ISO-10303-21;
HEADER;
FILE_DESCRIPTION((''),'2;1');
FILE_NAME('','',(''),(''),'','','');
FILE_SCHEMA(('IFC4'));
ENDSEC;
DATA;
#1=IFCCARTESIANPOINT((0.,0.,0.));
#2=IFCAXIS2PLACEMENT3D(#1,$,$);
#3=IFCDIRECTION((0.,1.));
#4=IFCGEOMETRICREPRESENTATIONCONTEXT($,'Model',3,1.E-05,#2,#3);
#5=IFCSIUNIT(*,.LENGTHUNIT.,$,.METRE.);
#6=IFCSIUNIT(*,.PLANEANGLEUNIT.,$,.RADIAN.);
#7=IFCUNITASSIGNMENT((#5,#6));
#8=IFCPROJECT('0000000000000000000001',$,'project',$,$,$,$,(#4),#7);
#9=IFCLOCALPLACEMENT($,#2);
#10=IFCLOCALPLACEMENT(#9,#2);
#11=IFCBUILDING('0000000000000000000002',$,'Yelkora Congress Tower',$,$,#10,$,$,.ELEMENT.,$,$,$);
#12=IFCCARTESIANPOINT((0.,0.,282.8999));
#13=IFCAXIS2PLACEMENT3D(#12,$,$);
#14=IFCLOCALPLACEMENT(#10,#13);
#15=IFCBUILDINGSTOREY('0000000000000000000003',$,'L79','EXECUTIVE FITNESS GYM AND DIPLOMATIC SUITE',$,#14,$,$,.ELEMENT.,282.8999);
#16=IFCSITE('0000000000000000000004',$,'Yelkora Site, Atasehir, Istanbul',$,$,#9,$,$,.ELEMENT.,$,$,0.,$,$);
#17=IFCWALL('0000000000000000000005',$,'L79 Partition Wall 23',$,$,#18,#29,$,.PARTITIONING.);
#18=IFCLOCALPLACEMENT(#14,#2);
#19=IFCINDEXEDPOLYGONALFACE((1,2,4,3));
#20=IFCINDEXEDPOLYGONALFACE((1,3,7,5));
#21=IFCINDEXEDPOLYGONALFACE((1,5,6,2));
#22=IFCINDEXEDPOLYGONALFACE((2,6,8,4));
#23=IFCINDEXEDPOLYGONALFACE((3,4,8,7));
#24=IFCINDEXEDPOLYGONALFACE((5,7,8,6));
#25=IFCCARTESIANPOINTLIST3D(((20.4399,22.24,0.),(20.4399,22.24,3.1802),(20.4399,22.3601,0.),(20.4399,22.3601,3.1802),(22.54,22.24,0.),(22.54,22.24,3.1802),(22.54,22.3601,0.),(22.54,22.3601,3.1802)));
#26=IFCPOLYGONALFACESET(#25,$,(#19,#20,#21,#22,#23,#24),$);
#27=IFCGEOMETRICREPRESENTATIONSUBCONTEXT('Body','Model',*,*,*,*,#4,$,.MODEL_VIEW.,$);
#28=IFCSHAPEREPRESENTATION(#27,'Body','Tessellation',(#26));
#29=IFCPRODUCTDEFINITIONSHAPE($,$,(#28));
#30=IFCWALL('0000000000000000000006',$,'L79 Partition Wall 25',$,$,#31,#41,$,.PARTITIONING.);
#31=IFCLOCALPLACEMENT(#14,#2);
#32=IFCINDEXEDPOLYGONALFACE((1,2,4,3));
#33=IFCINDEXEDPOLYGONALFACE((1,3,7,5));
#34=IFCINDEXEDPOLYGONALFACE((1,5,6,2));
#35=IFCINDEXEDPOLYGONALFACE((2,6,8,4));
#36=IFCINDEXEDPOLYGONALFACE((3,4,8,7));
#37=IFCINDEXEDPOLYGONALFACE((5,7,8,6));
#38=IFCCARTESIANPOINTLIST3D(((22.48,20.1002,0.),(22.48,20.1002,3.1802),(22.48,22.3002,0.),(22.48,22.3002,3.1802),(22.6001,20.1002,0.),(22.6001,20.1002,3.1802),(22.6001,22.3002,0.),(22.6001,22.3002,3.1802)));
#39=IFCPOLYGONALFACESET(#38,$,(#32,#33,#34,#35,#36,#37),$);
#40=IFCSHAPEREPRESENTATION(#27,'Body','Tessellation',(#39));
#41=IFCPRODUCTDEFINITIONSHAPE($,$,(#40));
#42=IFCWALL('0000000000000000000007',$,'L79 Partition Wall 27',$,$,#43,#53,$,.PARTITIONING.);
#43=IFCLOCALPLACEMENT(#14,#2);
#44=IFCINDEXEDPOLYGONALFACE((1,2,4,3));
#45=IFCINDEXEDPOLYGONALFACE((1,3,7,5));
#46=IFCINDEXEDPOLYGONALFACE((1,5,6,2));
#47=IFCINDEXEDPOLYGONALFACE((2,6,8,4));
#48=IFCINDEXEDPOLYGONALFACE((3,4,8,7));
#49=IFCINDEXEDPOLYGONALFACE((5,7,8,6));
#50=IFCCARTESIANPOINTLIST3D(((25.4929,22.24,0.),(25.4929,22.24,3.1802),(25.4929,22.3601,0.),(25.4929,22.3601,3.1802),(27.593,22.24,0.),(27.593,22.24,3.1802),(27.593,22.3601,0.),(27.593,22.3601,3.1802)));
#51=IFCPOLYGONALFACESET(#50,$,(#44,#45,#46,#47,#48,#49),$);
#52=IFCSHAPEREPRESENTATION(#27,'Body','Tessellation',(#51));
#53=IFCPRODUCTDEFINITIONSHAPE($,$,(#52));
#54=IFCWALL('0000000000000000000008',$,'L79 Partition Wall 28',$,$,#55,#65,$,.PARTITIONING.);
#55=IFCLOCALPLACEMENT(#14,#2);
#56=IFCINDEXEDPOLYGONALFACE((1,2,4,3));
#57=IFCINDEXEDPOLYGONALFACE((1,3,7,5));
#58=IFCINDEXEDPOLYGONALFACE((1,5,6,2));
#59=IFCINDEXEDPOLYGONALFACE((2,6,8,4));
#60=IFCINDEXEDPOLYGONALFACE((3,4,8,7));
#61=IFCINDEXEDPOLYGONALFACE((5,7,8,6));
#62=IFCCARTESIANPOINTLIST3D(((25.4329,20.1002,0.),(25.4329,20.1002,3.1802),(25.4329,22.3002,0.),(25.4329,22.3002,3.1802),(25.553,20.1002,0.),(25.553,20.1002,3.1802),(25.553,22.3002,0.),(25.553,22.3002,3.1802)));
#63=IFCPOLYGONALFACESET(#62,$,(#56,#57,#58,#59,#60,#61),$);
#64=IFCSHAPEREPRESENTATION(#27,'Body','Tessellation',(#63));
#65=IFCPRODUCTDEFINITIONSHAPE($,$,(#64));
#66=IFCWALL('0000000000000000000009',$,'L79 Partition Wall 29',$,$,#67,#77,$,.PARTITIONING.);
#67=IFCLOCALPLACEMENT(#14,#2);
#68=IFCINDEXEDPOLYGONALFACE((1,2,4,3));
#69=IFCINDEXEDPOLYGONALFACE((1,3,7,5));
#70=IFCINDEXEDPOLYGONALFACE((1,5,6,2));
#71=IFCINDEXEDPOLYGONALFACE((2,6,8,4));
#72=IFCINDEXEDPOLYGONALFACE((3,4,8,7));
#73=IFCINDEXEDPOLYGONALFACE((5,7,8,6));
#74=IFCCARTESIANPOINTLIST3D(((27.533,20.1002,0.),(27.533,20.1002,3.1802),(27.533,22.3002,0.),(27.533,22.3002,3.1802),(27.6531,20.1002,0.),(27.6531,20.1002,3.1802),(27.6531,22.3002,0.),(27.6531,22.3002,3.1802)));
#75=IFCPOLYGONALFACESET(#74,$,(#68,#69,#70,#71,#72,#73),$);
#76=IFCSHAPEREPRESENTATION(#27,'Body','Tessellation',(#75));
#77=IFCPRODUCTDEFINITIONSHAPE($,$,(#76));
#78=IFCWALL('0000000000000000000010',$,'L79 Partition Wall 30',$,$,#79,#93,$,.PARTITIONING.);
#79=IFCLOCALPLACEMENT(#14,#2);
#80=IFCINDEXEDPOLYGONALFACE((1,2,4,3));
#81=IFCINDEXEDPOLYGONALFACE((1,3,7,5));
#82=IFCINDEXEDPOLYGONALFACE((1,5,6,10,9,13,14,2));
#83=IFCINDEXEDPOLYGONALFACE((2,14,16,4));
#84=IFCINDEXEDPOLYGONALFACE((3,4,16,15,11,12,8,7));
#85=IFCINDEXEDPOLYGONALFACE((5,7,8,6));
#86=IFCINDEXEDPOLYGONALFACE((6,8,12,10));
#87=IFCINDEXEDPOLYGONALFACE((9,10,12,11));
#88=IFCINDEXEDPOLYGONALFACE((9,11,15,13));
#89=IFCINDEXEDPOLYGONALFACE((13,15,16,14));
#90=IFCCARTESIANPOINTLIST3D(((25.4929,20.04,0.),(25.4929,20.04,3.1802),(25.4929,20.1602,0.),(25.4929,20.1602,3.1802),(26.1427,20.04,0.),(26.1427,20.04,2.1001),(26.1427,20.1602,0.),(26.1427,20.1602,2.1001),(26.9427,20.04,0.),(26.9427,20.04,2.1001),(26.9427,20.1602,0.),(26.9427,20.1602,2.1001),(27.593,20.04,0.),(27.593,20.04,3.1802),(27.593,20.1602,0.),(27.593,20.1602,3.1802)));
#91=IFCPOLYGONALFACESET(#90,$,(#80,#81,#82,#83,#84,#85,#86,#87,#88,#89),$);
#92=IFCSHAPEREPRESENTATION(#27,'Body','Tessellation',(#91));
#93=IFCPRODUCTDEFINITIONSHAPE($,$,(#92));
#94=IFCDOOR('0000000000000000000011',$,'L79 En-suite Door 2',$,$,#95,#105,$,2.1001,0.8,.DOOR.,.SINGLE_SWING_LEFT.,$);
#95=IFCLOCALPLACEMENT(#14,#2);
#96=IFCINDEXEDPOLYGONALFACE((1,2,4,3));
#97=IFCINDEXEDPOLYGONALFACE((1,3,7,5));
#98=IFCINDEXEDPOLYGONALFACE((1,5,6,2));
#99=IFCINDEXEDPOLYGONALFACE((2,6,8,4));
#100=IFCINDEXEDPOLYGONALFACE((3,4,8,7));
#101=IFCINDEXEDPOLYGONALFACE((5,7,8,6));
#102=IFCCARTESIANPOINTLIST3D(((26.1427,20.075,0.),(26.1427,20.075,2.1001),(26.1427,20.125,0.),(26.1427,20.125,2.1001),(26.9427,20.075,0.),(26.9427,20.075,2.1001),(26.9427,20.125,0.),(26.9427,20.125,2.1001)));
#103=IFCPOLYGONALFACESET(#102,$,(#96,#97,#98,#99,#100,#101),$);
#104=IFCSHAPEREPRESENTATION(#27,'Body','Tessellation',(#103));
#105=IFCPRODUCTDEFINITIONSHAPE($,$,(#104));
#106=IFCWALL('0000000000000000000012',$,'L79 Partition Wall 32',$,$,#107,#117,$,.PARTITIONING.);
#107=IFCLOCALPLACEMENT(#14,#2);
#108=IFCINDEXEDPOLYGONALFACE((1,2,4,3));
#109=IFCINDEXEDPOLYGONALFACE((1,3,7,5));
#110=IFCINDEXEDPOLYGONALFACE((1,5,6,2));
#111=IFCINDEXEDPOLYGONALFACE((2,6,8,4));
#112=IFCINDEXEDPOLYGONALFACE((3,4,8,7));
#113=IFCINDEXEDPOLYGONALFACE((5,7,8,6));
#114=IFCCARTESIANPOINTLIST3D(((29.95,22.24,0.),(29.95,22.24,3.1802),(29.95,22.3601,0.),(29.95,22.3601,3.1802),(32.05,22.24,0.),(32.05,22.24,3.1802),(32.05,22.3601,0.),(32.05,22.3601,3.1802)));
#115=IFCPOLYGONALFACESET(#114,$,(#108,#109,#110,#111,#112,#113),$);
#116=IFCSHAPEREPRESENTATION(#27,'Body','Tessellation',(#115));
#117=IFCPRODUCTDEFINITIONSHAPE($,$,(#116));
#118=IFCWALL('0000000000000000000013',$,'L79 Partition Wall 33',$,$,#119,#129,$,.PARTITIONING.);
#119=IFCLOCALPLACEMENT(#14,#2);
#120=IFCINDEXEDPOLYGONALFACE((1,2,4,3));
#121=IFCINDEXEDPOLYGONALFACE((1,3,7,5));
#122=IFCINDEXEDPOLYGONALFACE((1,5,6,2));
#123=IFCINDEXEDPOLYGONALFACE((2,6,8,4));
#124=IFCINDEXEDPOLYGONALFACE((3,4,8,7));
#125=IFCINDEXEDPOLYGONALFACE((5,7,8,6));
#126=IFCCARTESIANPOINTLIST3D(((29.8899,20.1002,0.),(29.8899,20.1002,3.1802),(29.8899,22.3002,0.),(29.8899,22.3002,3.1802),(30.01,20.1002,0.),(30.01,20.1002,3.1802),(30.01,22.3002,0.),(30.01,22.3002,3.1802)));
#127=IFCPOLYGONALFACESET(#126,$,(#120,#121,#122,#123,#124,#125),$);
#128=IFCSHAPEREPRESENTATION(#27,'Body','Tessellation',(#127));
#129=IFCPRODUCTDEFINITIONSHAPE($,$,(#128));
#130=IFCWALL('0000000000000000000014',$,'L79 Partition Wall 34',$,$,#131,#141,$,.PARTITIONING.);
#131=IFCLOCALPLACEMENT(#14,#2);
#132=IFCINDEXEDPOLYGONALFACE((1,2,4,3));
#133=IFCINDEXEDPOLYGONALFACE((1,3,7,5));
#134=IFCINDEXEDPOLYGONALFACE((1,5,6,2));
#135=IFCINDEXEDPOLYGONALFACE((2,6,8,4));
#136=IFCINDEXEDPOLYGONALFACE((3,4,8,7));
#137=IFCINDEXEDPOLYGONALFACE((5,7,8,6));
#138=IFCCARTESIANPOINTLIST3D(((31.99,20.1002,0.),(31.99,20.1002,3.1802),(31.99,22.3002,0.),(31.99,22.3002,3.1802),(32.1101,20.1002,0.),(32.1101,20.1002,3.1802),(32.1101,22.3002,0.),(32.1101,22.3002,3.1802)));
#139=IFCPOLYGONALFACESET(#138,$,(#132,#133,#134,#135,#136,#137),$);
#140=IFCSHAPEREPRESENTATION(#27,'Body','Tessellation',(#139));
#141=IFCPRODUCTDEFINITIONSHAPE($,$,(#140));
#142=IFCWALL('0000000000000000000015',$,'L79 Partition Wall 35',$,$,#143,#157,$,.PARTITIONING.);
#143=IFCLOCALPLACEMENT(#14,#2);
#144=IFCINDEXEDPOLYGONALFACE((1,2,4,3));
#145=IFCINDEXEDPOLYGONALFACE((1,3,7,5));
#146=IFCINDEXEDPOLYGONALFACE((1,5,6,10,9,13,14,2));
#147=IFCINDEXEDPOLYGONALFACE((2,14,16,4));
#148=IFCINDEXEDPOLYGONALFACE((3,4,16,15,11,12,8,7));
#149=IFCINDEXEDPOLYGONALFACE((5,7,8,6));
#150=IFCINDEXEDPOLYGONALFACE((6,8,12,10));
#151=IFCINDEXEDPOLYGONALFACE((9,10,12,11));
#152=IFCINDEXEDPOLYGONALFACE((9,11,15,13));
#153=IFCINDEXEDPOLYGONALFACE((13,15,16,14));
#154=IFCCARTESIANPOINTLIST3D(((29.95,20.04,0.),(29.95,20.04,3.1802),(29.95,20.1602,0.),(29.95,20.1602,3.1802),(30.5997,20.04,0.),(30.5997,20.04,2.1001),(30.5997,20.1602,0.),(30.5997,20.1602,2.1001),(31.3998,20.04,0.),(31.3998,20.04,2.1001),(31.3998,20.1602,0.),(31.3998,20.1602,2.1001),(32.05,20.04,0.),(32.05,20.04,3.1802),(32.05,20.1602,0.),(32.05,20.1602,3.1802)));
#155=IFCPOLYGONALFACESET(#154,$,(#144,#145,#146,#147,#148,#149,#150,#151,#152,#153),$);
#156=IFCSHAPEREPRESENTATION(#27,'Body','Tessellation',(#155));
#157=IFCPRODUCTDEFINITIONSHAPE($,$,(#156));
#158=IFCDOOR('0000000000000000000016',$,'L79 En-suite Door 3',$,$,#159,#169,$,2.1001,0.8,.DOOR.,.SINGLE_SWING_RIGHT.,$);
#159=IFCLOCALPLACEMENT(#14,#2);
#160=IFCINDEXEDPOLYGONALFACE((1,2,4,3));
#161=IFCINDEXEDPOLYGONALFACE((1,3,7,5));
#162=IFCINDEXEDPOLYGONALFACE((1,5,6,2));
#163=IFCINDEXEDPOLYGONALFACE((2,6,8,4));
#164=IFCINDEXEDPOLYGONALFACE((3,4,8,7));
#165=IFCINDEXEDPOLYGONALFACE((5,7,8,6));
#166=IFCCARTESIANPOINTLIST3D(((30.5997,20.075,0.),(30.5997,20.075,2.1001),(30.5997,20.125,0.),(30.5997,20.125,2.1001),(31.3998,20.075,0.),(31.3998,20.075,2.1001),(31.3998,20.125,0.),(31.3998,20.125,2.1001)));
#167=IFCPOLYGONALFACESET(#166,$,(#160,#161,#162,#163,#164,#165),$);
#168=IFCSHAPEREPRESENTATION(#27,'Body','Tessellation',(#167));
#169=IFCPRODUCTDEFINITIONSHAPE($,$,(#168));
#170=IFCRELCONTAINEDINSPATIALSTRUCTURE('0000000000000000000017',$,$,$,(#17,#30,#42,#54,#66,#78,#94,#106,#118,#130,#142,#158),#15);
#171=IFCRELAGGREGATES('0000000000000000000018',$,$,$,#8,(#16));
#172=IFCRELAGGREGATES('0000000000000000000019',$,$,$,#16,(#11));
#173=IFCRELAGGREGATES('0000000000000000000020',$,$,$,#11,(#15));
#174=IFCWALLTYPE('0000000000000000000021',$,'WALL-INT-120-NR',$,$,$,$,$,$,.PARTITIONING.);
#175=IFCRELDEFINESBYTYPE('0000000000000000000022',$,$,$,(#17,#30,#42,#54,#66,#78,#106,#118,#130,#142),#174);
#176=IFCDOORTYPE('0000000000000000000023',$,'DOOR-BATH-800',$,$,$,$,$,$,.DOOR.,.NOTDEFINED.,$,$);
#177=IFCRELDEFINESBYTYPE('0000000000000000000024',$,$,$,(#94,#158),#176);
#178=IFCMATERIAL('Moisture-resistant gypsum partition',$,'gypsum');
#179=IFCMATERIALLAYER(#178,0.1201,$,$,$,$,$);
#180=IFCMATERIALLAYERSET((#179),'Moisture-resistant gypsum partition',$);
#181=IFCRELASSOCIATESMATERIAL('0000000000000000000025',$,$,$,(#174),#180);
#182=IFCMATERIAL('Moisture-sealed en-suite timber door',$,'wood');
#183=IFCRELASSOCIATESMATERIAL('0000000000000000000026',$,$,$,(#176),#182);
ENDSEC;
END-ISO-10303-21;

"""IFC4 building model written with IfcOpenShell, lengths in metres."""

from ifc_helpers import new_model, si_unit, direction, frame, frame_2d, origin, place, context, subcontext, project, spatial, rectangle, extrude, material, layer, layer_set, type_object, element, fill, save


model = new_model("IFC4")

# Units and contexts
model_context = context("Model", 3, precision=1e-05, world=origin(), true_north=direction((0.0, 1.0)))
body_context = subcontext(model_context, "Body", "Model", "MODEL_VIEW")
ifc_project = project(units=[si_unit("LENGTHUNIT", "METRE"), si_unit("PLANEANGLEUNIT", "RADIAN")], contexts=[model_context])

# Site, building, storey
site_placement = place(None, origin())
site = spatial("IfcSite", under=ifc_project, at=site_placement, Name="Yelkora Site, Atasehir, Istanbul", CompositionType="ELEMENT", RefElevation=0.0)
building_placement = place(site_placement, origin())
building = spatial("IfcBuilding", under=site, at=building_placement, Name="Yelkora Congress Tower", CompositionType="ELEMENT")
storey_placement = place(building_placement, frame((0.0, 0.0, 282.8999)))
storey = spatial("IfcBuildingStorey", under=building, at=storey_placement, Name="L79", Description="EXECUTIVE FITNESS GYM AND DIPLOMATIC SUITE", CompositionType="ELEMENT", Elevation=282.8999)

# Walls
ifc_material_1 = material(Name="Moisture-resistant gypsum partition", Category="gypsum")
ifc_layer_1 = layer(ifc_material_1, 0.1201)
ifc_layer_set_1 = layer_set([ifc_layer_1], Name="Moisture-resistant gypsum partition")
wall_type_1 = type_object("IfcWallType", Name="WALL-INT-120-NR", PredefinedType="PARTITIONING", material=ifc_layer_set_1)
wall_1_placement = place(storey_placement, frame((20.4399, 22.3, 0.0), z_axis=(0.0, 0.0, 1.0), x_axis=(1.0, 0.0, 0.0)))
element("IfcWall", 1, at=wall_1_placement, inside=storey, type_object=wall_type_1, Name="L79 Partition Wall 23", PredefinedType="PARTITIONING", context=body_context, shape_type="SweptSolid", body=[
    extrude(rectangle(XDim=2.1001, YDim=0.1201, at=frame_2d((1.05, 0.0))), origin(), (0.0, 0.0, 1.0), 3.1802),
])
wall_2_placement = place(storey_placement, frame((22.54, 20.1001, 0.0), z_axis=(0.0, 0.0, 1.0), x_axis=(0.0, 1.0, 0.0)))
element("IfcWall", 2, at=wall_2_placement, inside=storey, type_object=wall_type_1, Name="L79 Partition Wall 25", PredefinedType="PARTITIONING", context=body_context, shape_type="SweptSolid", body=[
    extrude(rectangle(XDim=2.2, YDim=0.1201, at=frame_2d((1.1001, 0.0))), origin(), (0.0, 0.0, 1.0), 3.1802),
])
wall_3_placement = place(storey_placement, frame((25.4929, 22.3, 0.0), z_axis=(0.0, 0.0, 1.0), x_axis=(1.0, 0.0, 0.0)))
element("IfcWall", 3, at=wall_3_placement, inside=storey, type_object=wall_type_1, Name="L79 Partition Wall 27", PredefinedType="PARTITIONING", context=body_context, shape_type="SweptSolid", body=[
    extrude(rectangle(XDim=2.1001, YDim=0.1201, at=frame_2d((1.05, 0.0))), origin(), (0.0, 0.0, 1.0), 3.1802),
])
for number, where, z_axis, x_axis, name in (
    (4, (25.4929, 20.1001, 0.0), (0.0, 0.0, 1.0), (0.0, 1.0, 0.0), "L79 Partition Wall 28"),
    (5, (27.593, 20.1001, 0.0), (0.0, 0.0, 1.0), (0.0, 1.0, 0.0), "L79 Partition Wall 29"),
):
    element("IfcWall", number, at=place(storey_placement, frame(where, z_axis=z_axis, x_axis=x_axis)), inside=storey, type_object=wall_type_1, Name=name, PredefinedType="PARTITIONING", context=body_context, shape_type="SweptSolid", body=[
        extrude(rectangle(XDim=2.2, YDim=0.1201, at=frame_2d((1.1001, 0.0))), origin(), (0.0, 0.0, 1.0), 3.1802),
    ])

# Wall, opening, door
wall_4_placement = place(storey_placement, frame((25.4929, 20.1001, 0.0), z_axis=(0.0, 0.0, 1.0), x_axis=(1.0, 0.0, 0.0)))
wall_4 = element("IfcWall", 6, at=wall_4_placement, inside=storey, type_object=wall_type_1, Name="L79 Partition Wall 30", PredefinedType="PARTITIONING", context=body_context, shape_type="SweptSolid", body=[
    extrude(rectangle(XDim=2.1001, YDim=0.1201, at=frame_2d((1.05, 0.0))), origin(), (0.0, 0.0, 1.0), 3.1802),
])
opening_1_placement = place(wall_4_placement, frame((0.6499, 0.0, 0.0)))
opening_1 = element("IfcOpeningElement", 7, at=opening_1_placement, cuts=wall_4, PredefinedType="OPENING", context=body_context, shape_type="SweptSolid", body=[
    extrude(rectangle(XDim=0.8, YDim=2.1001, at=frame_2d((0.3999, 1.05))), frame((0.0, 0.0701, 0.0), z_axis=(0.0, -1.0, 0.0), x_axis=(1.0, 0.0, 0.0)), (0.0, 0.0, 1.0), 0.1401),
])
ifc_material_2 = material(Name="Moisture-sealed en-suite timber door", Category="wood")
door_type_1 = type_object("IfcDoorType", Name="DOOR-BATH-800", OperationType="NOTDEFINED", PredefinedType="DOOR", material=ifc_material_2)
door_1_placement = place(opening_1_placement, origin())
door_1 = element("IfcDoor", 8, at=door_1_placement, inside=storey, type_object=door_type_1, Name="L79 En-suite Door 2", OperationType="SINGLE_SWING_LEFT", OverallHeight=2.1001, OverallWidth=0.8, PredefinedType="DOOR", context=body_context, shape_type="SweptSolid", body=[
    extrude(rectangle(XDim=0.8, YDim=2.1001, at=frame_2d((0.3999, 1.05))), frame((0.0, 0.0249, 0.0), z_axis=(0.0, -1.0, 0.0), x_axis=(1.0, 0.0, 0.0)), (0.0, 0.0, 1.0), 0.05),
])
fill(opening_1, door_1)

# Walls
wall_5_placement = place(storey_placement, frame((29.95, 22.3, 0.0), z_axis=(0.0, 0.0, 1.0), x_axis=(1.0, 0.0, 0.0)))
element("IfcWall", 9, at=wall_5_placement, inside=storey, type_object=wall_type_1, Name="L79 Partition Wall 32", PredefinedType="PARTITIONING", context=body_context, shape_type="SweptSolid", body=[
    extrude(rectangle(XDim=2.1001, YDim=0.1201, at=frame_2d((1.05, 0.0))), origin(), (0.0, 0.0, 1.0), 3.1802),
])
for number, where, z_axis, x_axis, name in (
    (10, (29.95, 20.1001, 0.0), (0.0, 0.0, 1.0), (0.0, 1.0, 0.0), "L79 Partition Wall 33"),
    (11, (32.05, 20.1001, 0.0), (0.0, 0.0, 1.0), (0.0, 1.0, 0.0), "L79 Partition Wall 34"),
):
    element("IfcWall", number, at=place(storey_placement, frame(where, z_axis=z_axis, x_axis=x_axis)), inside=storey, type_object=wall_type_1, Name=name, PredefinedType="PARTITIONING", context=body_context, shape_type="SweptSolid", body=[
        extrude(rectangle(XDim=2.2, YDim=0.1201, at=frame_2d((1.1001, 0.0))), origin(), (0.0, 0.0, 1.0), 3.1802),
    ])

# Wall, opening, door
wall_6_placement = place(storey_placement, frame((29.95, 20.1001, 0.0), z_axis=(0.0, 0.0, 1.0), x_axis=(1.0, 0.0, 0.0)))
wall_6 = element("IfcWall", 12, at=wall_6_placement, inside=storey, type_object=wall_type_1, Name="L79 Partition Wall 35", PredefinedType="PARTITIONING", context=body_context, shape_type="SweptSolid", body=[
    extrude(rectangle(XDim=2.1001, YDim=0.1201, at=frame_2d((1.05, 0.0))), origin(), (0.0, 0.0, 1.0), 3.1802),
])
opening_2_placement = place(wall_6_placement, frame((0.6499, 0.0, 0.0)))
opening_2 = element("IfcOpeningElement", 13, at=opening_2_placement, cuts=wall_6, PredefinedType="OPENING", context=body_context, shape_type="SweptSolid", body=[
    extrude(rectangle(XDim=0.8, YDim=2.1001, at=frame_2d((0.3999, 1.05))), frame((0.0, 0.0701, 0.0), z_axis=(0.0, -1.0, 0.0), x_axis=(1.0, 0.0, 0.0)), (0.0, 0.0, 1.0), 0.1401),
])
door_2_placement = place(opening_2_placement, origin())
door_2 = element("IfcDoor", 14, at=door_2_placement, inside=storey, type_object=door_type_1, Name="L79 En-suite Door 3", OperationType="SINGLE_SWING_RIGHT", OverallHeight=2.1001, OverallWidth=0.8, PredefinedType="DOOR", context=body_context, shape_type="SweptSolid", body=[
    extrude(rectangle(XDim=0.8, YDim=2.1001, at=frame_2d((0.3999, 1.05))), frame((0.0, 0.0249, 0.0), z_axis=(0.0, -1.0, 0.0), x_axis=(1.0, 0.0, 0.0)), (0.0, 0.0, 1.0), 0.05),
])
fill(opening_2, door_2)

save(model, "model.ifc")
